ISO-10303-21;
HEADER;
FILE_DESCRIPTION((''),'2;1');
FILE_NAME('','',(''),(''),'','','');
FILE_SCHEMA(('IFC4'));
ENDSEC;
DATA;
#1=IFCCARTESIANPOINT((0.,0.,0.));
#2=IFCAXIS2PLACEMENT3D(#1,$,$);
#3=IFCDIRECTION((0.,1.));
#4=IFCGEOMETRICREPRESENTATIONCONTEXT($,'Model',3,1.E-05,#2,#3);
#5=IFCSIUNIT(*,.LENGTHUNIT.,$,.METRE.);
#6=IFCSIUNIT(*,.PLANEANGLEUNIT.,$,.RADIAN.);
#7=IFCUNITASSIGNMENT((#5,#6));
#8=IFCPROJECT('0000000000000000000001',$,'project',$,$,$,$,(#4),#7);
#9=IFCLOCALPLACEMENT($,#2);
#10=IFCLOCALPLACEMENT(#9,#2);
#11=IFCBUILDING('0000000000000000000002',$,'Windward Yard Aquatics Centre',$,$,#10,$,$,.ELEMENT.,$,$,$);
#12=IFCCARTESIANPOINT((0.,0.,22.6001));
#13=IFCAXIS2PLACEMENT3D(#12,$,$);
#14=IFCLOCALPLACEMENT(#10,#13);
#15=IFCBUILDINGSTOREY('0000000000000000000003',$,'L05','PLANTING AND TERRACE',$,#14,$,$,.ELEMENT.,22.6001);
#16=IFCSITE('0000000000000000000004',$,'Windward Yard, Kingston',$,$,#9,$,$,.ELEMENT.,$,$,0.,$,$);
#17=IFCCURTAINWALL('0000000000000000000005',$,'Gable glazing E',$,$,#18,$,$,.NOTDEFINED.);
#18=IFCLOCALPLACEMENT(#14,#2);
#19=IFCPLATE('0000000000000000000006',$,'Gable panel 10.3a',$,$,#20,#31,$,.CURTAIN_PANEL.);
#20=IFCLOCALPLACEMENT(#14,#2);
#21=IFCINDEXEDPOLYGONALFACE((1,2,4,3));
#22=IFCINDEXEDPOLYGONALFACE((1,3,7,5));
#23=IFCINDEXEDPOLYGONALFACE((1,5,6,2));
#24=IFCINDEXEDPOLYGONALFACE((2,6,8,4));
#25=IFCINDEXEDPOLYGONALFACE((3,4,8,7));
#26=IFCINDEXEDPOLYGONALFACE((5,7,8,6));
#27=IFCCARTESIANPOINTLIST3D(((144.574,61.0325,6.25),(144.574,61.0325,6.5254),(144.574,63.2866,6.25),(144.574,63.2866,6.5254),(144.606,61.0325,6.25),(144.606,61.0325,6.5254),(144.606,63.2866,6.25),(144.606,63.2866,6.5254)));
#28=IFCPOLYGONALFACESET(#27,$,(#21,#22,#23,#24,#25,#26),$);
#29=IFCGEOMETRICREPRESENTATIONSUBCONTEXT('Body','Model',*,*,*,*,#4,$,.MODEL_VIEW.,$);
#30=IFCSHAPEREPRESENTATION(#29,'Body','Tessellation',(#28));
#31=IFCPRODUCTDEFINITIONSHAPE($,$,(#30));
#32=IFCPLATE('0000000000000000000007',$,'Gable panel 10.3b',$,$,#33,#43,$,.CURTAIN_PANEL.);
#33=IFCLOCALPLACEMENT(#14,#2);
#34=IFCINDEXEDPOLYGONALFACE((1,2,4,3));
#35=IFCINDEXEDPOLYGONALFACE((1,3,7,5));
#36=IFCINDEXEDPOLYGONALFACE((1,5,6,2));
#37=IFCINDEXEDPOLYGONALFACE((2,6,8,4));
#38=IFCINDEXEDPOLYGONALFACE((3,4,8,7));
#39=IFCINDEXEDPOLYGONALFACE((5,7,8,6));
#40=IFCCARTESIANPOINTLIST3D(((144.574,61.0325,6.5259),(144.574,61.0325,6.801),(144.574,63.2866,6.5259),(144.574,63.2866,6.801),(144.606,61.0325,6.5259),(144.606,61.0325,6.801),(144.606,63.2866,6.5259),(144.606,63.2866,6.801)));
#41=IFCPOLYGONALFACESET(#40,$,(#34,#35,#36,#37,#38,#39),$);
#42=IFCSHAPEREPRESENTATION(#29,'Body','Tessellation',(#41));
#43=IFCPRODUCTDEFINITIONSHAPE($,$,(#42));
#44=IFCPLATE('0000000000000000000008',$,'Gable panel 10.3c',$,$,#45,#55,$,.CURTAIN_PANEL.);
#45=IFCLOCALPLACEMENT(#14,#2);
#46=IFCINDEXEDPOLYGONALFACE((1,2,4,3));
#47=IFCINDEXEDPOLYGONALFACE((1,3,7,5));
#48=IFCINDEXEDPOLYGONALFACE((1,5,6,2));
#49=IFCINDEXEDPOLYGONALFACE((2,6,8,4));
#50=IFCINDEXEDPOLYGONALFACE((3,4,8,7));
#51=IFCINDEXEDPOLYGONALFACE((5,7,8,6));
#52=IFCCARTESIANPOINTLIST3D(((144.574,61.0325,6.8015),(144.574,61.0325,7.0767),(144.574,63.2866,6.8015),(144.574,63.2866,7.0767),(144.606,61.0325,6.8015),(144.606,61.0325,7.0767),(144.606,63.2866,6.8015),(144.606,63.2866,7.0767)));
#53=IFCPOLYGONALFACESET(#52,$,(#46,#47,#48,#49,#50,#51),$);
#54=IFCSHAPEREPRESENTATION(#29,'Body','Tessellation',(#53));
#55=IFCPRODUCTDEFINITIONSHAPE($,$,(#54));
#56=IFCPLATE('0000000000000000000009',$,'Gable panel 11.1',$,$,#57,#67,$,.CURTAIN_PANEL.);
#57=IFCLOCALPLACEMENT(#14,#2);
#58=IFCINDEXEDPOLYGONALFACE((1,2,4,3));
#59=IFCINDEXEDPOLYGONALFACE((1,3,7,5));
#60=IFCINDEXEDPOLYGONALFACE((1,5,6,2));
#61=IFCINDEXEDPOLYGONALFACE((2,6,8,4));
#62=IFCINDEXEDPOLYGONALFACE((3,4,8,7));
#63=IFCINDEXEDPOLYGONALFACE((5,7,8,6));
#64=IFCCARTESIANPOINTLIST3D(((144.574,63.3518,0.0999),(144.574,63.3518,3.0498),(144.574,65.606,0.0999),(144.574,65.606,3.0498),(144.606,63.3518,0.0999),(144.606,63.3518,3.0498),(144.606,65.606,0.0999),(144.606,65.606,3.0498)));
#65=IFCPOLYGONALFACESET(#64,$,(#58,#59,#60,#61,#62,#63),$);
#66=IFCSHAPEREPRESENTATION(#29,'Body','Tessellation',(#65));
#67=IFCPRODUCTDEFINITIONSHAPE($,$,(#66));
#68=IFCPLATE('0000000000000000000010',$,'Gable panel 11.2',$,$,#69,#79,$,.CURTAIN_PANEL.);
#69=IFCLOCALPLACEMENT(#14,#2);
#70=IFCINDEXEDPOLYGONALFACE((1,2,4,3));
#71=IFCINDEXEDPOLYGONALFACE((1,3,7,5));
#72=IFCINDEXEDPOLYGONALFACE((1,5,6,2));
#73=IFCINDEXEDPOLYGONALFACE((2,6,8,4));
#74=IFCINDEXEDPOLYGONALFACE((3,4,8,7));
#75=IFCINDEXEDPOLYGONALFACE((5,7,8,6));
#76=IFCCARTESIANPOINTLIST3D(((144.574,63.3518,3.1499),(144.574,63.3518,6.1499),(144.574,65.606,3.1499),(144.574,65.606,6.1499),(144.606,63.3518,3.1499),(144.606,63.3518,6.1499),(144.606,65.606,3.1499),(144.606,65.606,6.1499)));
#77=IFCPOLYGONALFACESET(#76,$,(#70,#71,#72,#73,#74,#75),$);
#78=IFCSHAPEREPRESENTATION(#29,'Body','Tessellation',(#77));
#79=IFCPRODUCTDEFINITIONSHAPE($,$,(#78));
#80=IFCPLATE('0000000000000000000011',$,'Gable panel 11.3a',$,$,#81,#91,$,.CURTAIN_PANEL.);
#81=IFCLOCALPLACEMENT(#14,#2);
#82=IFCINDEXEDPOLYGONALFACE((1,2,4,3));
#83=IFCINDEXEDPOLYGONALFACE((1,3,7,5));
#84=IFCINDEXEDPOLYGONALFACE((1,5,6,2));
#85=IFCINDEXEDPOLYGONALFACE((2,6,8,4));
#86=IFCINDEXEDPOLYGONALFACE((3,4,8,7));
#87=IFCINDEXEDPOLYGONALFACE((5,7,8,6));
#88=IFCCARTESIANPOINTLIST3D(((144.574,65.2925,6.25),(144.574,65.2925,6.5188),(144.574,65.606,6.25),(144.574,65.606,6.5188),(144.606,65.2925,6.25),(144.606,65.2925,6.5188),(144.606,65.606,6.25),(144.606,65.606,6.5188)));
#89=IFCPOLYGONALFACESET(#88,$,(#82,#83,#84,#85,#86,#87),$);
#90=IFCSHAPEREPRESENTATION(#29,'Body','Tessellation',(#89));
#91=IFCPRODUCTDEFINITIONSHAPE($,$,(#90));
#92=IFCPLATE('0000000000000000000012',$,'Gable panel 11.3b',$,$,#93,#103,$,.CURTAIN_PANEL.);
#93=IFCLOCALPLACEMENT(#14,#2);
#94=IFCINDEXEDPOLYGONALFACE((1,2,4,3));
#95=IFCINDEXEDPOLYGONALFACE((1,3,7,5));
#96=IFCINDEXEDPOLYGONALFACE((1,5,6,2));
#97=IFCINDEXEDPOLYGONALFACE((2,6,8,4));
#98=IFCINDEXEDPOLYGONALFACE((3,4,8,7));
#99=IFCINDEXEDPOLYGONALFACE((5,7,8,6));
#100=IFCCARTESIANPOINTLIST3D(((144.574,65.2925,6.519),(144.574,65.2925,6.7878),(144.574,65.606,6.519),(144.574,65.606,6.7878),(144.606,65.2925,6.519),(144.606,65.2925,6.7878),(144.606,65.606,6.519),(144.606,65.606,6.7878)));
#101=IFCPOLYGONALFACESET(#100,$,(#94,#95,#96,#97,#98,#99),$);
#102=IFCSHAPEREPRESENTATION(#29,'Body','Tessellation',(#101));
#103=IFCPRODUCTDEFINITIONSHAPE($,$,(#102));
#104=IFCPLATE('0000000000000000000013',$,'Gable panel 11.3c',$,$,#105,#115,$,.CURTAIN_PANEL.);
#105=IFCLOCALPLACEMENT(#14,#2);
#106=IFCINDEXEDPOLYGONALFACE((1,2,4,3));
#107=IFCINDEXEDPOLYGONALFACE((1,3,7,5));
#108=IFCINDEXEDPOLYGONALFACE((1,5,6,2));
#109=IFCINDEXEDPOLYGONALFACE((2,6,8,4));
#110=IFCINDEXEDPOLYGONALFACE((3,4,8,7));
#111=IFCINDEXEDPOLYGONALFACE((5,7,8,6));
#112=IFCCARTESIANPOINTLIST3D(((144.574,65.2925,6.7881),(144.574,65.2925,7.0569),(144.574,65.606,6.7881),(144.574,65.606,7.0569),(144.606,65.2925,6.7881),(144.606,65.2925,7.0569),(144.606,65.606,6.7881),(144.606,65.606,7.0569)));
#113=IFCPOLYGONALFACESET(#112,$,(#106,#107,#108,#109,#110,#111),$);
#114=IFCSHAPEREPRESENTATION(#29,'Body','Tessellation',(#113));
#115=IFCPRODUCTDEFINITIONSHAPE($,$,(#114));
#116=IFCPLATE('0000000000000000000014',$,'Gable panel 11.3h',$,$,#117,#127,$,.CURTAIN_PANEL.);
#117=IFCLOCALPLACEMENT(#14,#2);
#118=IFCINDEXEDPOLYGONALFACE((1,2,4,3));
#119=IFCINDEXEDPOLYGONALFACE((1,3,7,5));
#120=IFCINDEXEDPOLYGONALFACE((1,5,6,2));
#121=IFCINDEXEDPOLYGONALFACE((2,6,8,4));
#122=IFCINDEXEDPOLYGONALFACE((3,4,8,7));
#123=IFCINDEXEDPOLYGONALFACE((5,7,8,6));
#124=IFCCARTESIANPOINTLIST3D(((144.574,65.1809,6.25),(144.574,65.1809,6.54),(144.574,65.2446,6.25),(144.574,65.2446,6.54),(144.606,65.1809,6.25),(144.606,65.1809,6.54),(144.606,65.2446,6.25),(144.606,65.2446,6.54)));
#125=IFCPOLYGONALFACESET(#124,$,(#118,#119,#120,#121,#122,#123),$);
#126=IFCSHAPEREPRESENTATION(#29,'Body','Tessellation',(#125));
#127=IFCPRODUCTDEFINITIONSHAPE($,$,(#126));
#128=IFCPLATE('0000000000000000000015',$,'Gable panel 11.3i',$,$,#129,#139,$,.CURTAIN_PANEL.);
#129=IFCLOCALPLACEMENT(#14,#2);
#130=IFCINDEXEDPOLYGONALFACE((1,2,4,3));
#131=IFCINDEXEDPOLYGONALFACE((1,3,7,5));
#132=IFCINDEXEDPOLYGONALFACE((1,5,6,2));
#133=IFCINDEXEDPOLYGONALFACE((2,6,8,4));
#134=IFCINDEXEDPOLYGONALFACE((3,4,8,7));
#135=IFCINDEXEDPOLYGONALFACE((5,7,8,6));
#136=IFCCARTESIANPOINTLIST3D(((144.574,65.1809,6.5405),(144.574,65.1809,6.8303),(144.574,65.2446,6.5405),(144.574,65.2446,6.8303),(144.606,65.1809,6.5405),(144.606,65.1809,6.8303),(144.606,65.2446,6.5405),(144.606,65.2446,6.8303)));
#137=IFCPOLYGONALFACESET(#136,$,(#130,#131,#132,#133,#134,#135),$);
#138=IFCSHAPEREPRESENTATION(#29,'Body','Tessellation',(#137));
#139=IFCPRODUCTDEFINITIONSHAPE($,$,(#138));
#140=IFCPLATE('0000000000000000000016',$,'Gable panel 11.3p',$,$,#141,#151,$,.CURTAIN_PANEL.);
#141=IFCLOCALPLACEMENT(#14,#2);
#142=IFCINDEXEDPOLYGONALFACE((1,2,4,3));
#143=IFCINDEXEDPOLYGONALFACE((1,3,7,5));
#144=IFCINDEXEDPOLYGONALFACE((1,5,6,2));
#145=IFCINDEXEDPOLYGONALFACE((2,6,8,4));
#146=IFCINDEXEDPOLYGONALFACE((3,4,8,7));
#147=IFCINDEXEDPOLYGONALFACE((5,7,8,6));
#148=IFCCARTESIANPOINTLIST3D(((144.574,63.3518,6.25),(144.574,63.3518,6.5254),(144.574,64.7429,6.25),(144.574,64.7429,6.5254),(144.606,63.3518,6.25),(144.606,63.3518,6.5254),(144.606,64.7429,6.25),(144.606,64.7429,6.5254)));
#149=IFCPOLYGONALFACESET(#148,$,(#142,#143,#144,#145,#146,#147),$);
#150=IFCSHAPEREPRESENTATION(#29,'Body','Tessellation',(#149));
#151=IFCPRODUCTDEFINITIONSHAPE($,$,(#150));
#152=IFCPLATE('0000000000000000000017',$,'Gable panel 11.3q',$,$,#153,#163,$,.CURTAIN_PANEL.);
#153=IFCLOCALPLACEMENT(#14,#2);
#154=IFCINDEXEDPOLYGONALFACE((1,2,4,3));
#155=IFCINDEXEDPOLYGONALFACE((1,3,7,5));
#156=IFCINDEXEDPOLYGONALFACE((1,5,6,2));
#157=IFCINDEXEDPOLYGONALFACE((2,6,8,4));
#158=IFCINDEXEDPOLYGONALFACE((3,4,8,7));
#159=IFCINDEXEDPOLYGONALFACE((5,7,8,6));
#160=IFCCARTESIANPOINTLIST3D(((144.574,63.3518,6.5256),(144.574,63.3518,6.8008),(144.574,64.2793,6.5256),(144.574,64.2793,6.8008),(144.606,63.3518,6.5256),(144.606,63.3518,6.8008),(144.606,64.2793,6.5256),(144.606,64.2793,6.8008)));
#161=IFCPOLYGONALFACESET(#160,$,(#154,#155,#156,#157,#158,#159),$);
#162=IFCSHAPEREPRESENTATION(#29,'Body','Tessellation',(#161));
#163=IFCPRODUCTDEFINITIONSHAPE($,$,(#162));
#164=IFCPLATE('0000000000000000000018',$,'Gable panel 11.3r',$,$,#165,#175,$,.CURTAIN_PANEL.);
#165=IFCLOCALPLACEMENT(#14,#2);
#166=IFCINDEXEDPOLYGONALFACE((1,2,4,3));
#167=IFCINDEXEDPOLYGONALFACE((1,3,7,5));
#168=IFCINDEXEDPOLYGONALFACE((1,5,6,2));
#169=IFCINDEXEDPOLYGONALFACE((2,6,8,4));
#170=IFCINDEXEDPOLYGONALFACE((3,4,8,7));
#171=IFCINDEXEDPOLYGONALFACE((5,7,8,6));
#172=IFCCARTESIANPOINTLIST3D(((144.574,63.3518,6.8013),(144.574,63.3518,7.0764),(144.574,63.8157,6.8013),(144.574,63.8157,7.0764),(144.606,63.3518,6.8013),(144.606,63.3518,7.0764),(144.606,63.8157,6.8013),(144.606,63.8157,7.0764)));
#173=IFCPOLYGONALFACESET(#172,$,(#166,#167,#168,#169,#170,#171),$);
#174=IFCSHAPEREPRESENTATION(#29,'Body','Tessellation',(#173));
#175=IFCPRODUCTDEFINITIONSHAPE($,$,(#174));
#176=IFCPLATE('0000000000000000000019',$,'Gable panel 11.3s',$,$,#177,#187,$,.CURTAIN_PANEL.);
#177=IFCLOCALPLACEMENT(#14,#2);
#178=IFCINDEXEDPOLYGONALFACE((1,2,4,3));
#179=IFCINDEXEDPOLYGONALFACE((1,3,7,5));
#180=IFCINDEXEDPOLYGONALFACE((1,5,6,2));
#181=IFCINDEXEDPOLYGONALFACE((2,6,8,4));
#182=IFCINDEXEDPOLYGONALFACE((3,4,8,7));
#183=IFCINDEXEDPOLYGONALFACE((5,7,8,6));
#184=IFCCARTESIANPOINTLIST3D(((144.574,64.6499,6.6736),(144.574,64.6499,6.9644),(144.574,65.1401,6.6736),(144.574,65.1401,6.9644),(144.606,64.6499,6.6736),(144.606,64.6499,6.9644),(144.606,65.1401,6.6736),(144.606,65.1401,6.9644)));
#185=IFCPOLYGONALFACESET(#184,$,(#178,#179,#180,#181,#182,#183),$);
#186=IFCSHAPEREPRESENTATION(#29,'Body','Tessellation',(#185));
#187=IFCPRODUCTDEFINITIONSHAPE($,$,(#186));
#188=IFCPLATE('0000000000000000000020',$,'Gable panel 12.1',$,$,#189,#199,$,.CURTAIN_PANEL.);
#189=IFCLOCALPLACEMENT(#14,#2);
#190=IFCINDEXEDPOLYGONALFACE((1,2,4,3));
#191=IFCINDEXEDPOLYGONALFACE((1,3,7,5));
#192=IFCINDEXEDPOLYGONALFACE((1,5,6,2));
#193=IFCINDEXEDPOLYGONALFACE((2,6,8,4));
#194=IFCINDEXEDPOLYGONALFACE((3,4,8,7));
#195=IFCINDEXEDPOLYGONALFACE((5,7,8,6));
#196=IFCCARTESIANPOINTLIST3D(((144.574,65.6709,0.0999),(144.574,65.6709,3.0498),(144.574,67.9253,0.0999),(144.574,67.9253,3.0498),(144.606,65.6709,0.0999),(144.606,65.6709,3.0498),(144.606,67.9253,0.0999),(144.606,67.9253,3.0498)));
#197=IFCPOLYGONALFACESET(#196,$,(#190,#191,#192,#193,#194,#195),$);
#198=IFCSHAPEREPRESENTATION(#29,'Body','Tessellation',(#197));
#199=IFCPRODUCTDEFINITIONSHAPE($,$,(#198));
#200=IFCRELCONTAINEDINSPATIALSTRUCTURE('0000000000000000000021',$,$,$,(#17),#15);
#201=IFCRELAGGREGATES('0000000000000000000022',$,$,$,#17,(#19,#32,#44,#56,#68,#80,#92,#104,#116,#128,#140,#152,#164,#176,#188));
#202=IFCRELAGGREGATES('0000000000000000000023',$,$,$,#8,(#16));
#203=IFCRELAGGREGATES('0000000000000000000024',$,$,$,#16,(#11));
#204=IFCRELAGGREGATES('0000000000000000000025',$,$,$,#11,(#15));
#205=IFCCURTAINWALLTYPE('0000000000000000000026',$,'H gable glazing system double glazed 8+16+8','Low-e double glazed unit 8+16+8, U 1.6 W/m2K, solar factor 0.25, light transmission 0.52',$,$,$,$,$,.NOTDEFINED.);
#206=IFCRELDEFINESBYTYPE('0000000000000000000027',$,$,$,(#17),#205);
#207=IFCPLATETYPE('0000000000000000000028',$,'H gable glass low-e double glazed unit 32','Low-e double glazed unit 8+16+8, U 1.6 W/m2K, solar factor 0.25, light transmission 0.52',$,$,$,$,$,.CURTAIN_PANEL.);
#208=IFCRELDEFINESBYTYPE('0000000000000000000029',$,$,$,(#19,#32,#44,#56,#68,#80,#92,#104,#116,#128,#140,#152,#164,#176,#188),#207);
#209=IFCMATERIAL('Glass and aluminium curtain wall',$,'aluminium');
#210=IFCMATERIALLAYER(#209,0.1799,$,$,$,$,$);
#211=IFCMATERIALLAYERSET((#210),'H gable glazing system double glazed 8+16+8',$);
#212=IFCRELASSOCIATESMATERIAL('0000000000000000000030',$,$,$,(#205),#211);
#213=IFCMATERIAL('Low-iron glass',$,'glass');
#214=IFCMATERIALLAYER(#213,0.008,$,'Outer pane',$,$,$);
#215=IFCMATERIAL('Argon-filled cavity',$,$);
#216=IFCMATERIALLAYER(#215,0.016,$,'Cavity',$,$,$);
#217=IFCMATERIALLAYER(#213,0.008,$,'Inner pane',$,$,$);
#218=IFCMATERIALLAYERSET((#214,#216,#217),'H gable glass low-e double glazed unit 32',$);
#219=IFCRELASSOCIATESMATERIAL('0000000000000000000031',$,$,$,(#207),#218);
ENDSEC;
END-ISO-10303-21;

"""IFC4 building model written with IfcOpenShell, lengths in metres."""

from ifc_helpers import new_model, si_unit, direction, frame, origin, place, context, subcontext, project, spatial, polyline, outline, extrude, material, layer, layer_set, type_object, element, aggregate, save


model = new_model("IFC4")

# Units and contexts
model_context = context("Model", 3, precision=1e-05, world=origin(), true_north=direction((0.0, 1.0)))
body_context = subcontext(model_context, "Body", "Model", "MODEL_VIEW")
ifc_project = project(units=[si_unit("LENGTHUNIT", "METRE"), si_unit("PLANEANGLEUNIT", "RADIAN")], contexts=[model_context])

# Site, building, storey
site_placement = place(None, origin())
site = spatial("IfcSite", under=ifc_project, at=site_placement, Name="Windward Yard, Kingston", CompositionType="ELEMENT", RefElevation=0.0)
building_placement = place(site_placement, origin())
building = spatial("IfcBuilding", under=site, at=building_placement, Name="Windward Yard Aquatics Centre", CompositionType="ELEMENT")
storey_placement = place(building_placement, frame((0.0, 0.0, 22.6001)))
storey = spatial("IfcBuildingStorey", under=building, at=storey_placement, Name="L05", Description="PLANTING AND TERRACE", CompositionType="ELEMENT", Elevation=22.6001)

# Curtain wall, plates
ifc_material_1 = material(Name="Glass and aluminium curtain wall", Category="aluminium")
ifc_layer_1 = layer(ifc_material_1, 0.1799)
ifc_layer_set_1 = layer_set([ifc_layer_1], Name="H gable glazing system double glazed 8+16+8")
curtain_wall_type = type_object("IfcCurtainWallType", Name="H gable glazing system double glazed 8+16+8", Description="Low-e double glazed unit 8+16+8, U 1.6 W/m2K, solar factor 0.25, light transmission 0.52", PredefinedType="NOTDEFINED", material=ifc_layer_set_1)
curtain_wall_placement = place(storey_placement, origin())
curtain_wall = element("IfcCurtainWall", 1, at=curtain_wall_placement, inside=storey, type_object=curtain_wall_type, Name="Gable glazing E", PredefinedType="NOTDEFINED")
ifc_material_2 = material(Name="Low-iron glass", Category="glass")
ifc_layer_2 = layer(ifc_material_2, 0.008, Name="Outer pane")
ifc_material_3 = material(Name="Argon-filled cavity")
ifc_layer_3 = layer(ifc_material_3, 0.016, Name="Cavity")
ifc_layer_4 = layer(ifc_material_2, 0.008, Name="Inner pane")
ifc_layer_set_2 = layer_set([ifc_layer_2, ifc_layer_3, ifc_layer_4], Name="H gable glass low-e double glazed unit 32")
plate_type = type_object("IfcPlateType", Name="H gable glass low-e double glazed unit 32", Description="Low-e double glazed unit 8+16+8, U 1.6 W/m2K, solar factor 0.25, light transmission 0.52", PredefinedType="CURTAIN_PANEL", material=ifc_layer_set_2)
plate_1_placement = place(storey_placement, frame((144.606, 61.0325, 6.25), z_axis=(1.0, 0.0, 0.0), x_axis=(0.0, 1.0, 0.0)))
plate_1 = element("IfcPlate", 2, at=plate_1_placement, type_object=plate_type, Name="Gable panel 10.3a", PredefinedType="CURTAIN_PANEL", context=body_context, shape_type="SweptSolid", body=[
    extrude(outline(polyline([(0.0, 0.0), (2.2542, 0.0), (2.2542, 0.2754), (0.0, 0.2754), (0.0, 0.0)])), origin(), (0.0, 0.0, -1.0), 0.032),
])
plate_2_placement = place(storey_placement, frame((144.606, 61.0325, 6.5259), z_axis=(1.0, 0.0, 0.0), x_axis=(0.0, 1.0, 0.0)))
plate_2 = element("IfcPlate", 3, at=plate_2_placement, type_object=plate_type, Name="Gable panel 10.3b", PredefinedType="CURTAIN_PANEL", context=body_context, shape_type="SweptSolid", body=[
    extrude(outline(polyline([(0.0, 0.0), (2.2542, 0.0), (2.2542, 0.2751), (0.0, 0.2751), (0.0, 0.0)])), origin(), (0.0, 0.0, -1.0), 0.032),
])
plate_3_placement = place(storey_placement, frame((144.606, 61.0325, 6.8015), z_axis=(1.0, 0.0, 0.0), x_axis=(0.0, 1.0, 0.0)))
plate_3 = element("IfcPlate", 4, at=plate_3_placement, type_object=plate_type, Name="Gable panel 10.3c", PredefinedType="CURTAIN_PANEL", context=body_context, shape_type="SweptSolid", body=[
    extrude(outline(polyline([(0.0, 0.0), (2.2542, 0.0), (2.2542, 0.2751), (0.0, 0.2751), (0.0, 0.0)])), origin(), (0.0, 0.0, -1.0), 0.032),
])
plate_4_placement = place(storey_placement, frame((144.574, 63.3518, 0.0999), z_axis=(-1.0, 0.0, 0.0), x_axis=(0.0, 0.0, 1.0)))
plate_4 = element("IfcPlate", 5, at=plate_4_placement, type_object=plate_type, Name="Gable panel 11.1", PredefinedType="CURTAIN_PANEL", context=body_context, shape_type="SweptSolid", body=[
    extrude(outline(polyline([(0.0, 0.0), (2.95, 0.0), (2.95, 2.2542), (0.0, 2.2542), (0.0, 0.0)])), origin(), (0.0, 0.0, -1.0), 0.032),
])
plate_5_placement = place(storey_placement, frame((144.574, 63.3518, 3.1499), z_axis=(-1.0, 0.0, 0.0), x_axis=(0.0, 0.0, 1.0)))
plate_5 = element("IfcPlate", 6, at=plate_5_placement, type_object=plate_type, Name="Gable panel 11.2", PredefinedType="CURTAIN_PANEL", context=body_context, shape_type="SweptSolid", body=[
    extrude(outline(polyline([(0.0, 0.0), (3.0, 0.0), (3.0, 2.2542), (0.0, 2.2542), (0.0, 0.0)])), origin(), (0.0, 0.0, -1.0), 0.032),
])
plate_6_placement = place(storey_placement, frame((144.606, 65.2925, 6.25), z_axis=(1.0, 0.0, 0.0), x_axis=(0.0, 1.0, 0.0)))
plate_6 = element("IfcPlate", 7, at=plate_6_placement, type_object=plate_type, Name="Gable panel 11.3a", PredefinedType="CURTAIN_PANEL", context=body_context, shape_type="SweptSolid", body=[
    extrude(outline(polyline([(0.0, 0.0), (0.3135, 0.0), (0.3135, 0.2688), (0.0, 0.2688), (0.0, 0.0)])), origin(), (0.0, 0.0, -1.0), 0.032),
])
plate_7_placement = place(storey_placement, frame((144.606, 65.2925, 6.519), z_axis=(1.0, 0.0, 0.0), x_axis=(0.0, 1.0, 0.0)))
plate_7 = element("IfcPlate", 8, at=plate_7_placement, type_object=plate_type, Name="Gable panel 11.3b", PredefinedType="CURTAIN_PANEL", context=body_context, shape_type="SweptSolid", body=[
    extrude(outline(polyline([(0.0, 0.0), (0.3135, 0.0), (0.3135, 0.2688), (0.0, 0.2688), (0.0, 0.0)])), origin(), (0.0, 0.0, -1.0), 0.032),
])
plate_8_placement = place(storey_placement, frame((144.606, 65.2925, 6.7881), z_axis=(1.0, 0.0, 0.0), x_axis=(0.0, 1.0, 0.0)))
plate_8 = element("IfcPlate", 9, at=plate_8_placement, type_object=plate_type, Name="Gable panel 11.3c", PredefinedType="CURTAIN_PANEL", context=body_context, shape_type="SweptSolid", body=[
    extrude(outline(polyline([(0.0, 0.0), (0.3135, 0.0), (0.3135, 0.2688), (0.0, 0.2688), (0.0, 0.0)])), origin(), (0.0, 0.0, -1.0), 0.032),
])
plate_9_placement = place(storey_placement, frame((144.606, 65.1809, 6.25), z_axis=(1.0, 0.0, 0.0), x_axis=(0.0, 1.0, 0.0)))
plate_9 = element("IfcPlate", 10, at=plate_9_placement, type_object=plate_type, Name="Gable panel 11.3h", PredefinedType="CURTAIN_PANEL", context=body_context, shape_type="SweptSolid", body=[
    extrude(outline(polyline([(0.0, 0.0), (0.0637, 0.0), (0.0637, 0.29), (0.0, 0.29), (0.0, 0.0)])), origin(), (0.0, 0.0, -1.0), 0.032),
])
plate_10_placement = place(storey_placement, frame((144.606, 65.1809, 6.5405), z_axis=(1.0, 0.0, 0.0), x_axis=(0.0, 1.0, 0.0)))
plate_10 = element("IfcPlate", 11, at=plate_10_placement, type_object=plate_type, Name="Gable panel 11.3i", PredefinedType="CURTAIN_PANEL", context=body_context, shape_type="SweptSolid", body=[
    extrude(outline(polyline([(0.0, 0.0), (0.0637, 0.0), (0.0637, 0.2898), (0.0, 0.2898), (0.0, 0.0)])), origin(), (0.0, 0.0, -1.0), 0.032),
])
plate_11_placement = place(storey_placement, frame((144.606, 63.3518, 6.25), z_axis=(1.0, 0.0, 0.0), x_axis=(0.0, 1.0, 0.0)))
plate_11 = element("IfcPlate", 12, at=plate_11_placement, type_object=plate_type, Name="Gable panel 11.3p", PredefinedType="CURTAIN_PANEL", context=body_context, shape_type="SweptSolid", body=[
    extrude(outline(polyline([(0.0, 0.0), (1.3911, 0.0), (1.3911, 0.2754), (0.0, 0.2754), (0.0, 0.0)])), origin(), (0.0, 0.0, -1.0), 0.032),
])
plate_12_placement = place(storey_placement, frame((144.606, 63.3518, 6.5256), z_axis=(1.0, 0.0, 0.0), x_axis=(0.0, 1.0, 0.0)))
plate_12 = element("IfcPlate", 13, at=plate_12_placement, type_object=plate_type, Name="Gable panel 11.3q", PredefinedType="CURTAIN_PANEL", context=body_context, shape_type="SweptSolid", body=[
    extrude(outline(polyline([(0.0, 0.0), (0.9275, 0.0), (0.9275, 0.2751), (0.0, 0.2751), (0.0, 0.0)])), origin(), (0.0, 0.0, -1.0), 0.032),
])
plate_13_placement = place(storey_placement, frame((144.606, 63.3518, 6.8013), z_axis=(1.0, 0.0, 0.0), x_axis=(0.0, 1.0, 0.0)))
plate_13 = element("IfcPlate", 14, at=plate_13_placement, type_object=plate_type, Name="Gable panel 11.3r", PredefinedType="CURTAIN_PANEL", context=body_context, shape_type="SweptSolid", body=[
    extrude(outline(polyline([(0.0, 0.0), (0.4639, 0.0), (0.4639, 0.2751), (0.0, 0.2751), (0.0, 0.0)])), origin(), (0.0, 0.0, -1.0), 0.032),
])
plate_14_placement = place(storey_placement, frame((144.606, 64.6499, 6.6736), z_axis=(1.0, 0.0, 0.0), x_axis=(0.0, 1.0, 0.0)))
plate_14 = element("IfcPlate", 15, at=plate_14_placement, type_object=plate_type, Name="Gable panel 11.3s", PredefinedType="CURTAIN_PANEL", context=body_context, shape_type="SweptSolid", body=[
    extrude(outline(polyline([(0.0, 0.0), (0.4902, 0.0), (0.4902, 0.2908), (0.0, 0.2908), (0.0, 0.0)])), origin(), (0.0, 0.0, -1.0), 0.032),
])
plate_15_placement = place(storey_placement, frame((144.574, 65.6709, 0.0999), z_axis=(-1.0, 0.0, 0.0), x_axis=(0.0, 0.0, 1.0)))
plate_15 = element("IfcPlate", 16, at=plate_15_placement, type_object=plate_type, Name="Gable panel 12.1", PredefinedType="CURTAIN_PANEL", context=body_context, shape_type="SweptSolid", body=[
    extrude(outline(polyline([(0.0, 0.0), (2.95, 0.0), (2.95, 2.2544), (0.0, 2.2544), (0.0, 0.0)])), origin(), (0.0, 0.0, -1.0), 0.032),
])
aggregate(curtain_wall, [plate_1, plate_2, plate_3, plate_4, plate_5, plate_6, plate_7, plate_8, plate_9, plate_10, plate_11, plate_12, plate_13, plate_14, plate_15])

save(model, "model.ifc")
